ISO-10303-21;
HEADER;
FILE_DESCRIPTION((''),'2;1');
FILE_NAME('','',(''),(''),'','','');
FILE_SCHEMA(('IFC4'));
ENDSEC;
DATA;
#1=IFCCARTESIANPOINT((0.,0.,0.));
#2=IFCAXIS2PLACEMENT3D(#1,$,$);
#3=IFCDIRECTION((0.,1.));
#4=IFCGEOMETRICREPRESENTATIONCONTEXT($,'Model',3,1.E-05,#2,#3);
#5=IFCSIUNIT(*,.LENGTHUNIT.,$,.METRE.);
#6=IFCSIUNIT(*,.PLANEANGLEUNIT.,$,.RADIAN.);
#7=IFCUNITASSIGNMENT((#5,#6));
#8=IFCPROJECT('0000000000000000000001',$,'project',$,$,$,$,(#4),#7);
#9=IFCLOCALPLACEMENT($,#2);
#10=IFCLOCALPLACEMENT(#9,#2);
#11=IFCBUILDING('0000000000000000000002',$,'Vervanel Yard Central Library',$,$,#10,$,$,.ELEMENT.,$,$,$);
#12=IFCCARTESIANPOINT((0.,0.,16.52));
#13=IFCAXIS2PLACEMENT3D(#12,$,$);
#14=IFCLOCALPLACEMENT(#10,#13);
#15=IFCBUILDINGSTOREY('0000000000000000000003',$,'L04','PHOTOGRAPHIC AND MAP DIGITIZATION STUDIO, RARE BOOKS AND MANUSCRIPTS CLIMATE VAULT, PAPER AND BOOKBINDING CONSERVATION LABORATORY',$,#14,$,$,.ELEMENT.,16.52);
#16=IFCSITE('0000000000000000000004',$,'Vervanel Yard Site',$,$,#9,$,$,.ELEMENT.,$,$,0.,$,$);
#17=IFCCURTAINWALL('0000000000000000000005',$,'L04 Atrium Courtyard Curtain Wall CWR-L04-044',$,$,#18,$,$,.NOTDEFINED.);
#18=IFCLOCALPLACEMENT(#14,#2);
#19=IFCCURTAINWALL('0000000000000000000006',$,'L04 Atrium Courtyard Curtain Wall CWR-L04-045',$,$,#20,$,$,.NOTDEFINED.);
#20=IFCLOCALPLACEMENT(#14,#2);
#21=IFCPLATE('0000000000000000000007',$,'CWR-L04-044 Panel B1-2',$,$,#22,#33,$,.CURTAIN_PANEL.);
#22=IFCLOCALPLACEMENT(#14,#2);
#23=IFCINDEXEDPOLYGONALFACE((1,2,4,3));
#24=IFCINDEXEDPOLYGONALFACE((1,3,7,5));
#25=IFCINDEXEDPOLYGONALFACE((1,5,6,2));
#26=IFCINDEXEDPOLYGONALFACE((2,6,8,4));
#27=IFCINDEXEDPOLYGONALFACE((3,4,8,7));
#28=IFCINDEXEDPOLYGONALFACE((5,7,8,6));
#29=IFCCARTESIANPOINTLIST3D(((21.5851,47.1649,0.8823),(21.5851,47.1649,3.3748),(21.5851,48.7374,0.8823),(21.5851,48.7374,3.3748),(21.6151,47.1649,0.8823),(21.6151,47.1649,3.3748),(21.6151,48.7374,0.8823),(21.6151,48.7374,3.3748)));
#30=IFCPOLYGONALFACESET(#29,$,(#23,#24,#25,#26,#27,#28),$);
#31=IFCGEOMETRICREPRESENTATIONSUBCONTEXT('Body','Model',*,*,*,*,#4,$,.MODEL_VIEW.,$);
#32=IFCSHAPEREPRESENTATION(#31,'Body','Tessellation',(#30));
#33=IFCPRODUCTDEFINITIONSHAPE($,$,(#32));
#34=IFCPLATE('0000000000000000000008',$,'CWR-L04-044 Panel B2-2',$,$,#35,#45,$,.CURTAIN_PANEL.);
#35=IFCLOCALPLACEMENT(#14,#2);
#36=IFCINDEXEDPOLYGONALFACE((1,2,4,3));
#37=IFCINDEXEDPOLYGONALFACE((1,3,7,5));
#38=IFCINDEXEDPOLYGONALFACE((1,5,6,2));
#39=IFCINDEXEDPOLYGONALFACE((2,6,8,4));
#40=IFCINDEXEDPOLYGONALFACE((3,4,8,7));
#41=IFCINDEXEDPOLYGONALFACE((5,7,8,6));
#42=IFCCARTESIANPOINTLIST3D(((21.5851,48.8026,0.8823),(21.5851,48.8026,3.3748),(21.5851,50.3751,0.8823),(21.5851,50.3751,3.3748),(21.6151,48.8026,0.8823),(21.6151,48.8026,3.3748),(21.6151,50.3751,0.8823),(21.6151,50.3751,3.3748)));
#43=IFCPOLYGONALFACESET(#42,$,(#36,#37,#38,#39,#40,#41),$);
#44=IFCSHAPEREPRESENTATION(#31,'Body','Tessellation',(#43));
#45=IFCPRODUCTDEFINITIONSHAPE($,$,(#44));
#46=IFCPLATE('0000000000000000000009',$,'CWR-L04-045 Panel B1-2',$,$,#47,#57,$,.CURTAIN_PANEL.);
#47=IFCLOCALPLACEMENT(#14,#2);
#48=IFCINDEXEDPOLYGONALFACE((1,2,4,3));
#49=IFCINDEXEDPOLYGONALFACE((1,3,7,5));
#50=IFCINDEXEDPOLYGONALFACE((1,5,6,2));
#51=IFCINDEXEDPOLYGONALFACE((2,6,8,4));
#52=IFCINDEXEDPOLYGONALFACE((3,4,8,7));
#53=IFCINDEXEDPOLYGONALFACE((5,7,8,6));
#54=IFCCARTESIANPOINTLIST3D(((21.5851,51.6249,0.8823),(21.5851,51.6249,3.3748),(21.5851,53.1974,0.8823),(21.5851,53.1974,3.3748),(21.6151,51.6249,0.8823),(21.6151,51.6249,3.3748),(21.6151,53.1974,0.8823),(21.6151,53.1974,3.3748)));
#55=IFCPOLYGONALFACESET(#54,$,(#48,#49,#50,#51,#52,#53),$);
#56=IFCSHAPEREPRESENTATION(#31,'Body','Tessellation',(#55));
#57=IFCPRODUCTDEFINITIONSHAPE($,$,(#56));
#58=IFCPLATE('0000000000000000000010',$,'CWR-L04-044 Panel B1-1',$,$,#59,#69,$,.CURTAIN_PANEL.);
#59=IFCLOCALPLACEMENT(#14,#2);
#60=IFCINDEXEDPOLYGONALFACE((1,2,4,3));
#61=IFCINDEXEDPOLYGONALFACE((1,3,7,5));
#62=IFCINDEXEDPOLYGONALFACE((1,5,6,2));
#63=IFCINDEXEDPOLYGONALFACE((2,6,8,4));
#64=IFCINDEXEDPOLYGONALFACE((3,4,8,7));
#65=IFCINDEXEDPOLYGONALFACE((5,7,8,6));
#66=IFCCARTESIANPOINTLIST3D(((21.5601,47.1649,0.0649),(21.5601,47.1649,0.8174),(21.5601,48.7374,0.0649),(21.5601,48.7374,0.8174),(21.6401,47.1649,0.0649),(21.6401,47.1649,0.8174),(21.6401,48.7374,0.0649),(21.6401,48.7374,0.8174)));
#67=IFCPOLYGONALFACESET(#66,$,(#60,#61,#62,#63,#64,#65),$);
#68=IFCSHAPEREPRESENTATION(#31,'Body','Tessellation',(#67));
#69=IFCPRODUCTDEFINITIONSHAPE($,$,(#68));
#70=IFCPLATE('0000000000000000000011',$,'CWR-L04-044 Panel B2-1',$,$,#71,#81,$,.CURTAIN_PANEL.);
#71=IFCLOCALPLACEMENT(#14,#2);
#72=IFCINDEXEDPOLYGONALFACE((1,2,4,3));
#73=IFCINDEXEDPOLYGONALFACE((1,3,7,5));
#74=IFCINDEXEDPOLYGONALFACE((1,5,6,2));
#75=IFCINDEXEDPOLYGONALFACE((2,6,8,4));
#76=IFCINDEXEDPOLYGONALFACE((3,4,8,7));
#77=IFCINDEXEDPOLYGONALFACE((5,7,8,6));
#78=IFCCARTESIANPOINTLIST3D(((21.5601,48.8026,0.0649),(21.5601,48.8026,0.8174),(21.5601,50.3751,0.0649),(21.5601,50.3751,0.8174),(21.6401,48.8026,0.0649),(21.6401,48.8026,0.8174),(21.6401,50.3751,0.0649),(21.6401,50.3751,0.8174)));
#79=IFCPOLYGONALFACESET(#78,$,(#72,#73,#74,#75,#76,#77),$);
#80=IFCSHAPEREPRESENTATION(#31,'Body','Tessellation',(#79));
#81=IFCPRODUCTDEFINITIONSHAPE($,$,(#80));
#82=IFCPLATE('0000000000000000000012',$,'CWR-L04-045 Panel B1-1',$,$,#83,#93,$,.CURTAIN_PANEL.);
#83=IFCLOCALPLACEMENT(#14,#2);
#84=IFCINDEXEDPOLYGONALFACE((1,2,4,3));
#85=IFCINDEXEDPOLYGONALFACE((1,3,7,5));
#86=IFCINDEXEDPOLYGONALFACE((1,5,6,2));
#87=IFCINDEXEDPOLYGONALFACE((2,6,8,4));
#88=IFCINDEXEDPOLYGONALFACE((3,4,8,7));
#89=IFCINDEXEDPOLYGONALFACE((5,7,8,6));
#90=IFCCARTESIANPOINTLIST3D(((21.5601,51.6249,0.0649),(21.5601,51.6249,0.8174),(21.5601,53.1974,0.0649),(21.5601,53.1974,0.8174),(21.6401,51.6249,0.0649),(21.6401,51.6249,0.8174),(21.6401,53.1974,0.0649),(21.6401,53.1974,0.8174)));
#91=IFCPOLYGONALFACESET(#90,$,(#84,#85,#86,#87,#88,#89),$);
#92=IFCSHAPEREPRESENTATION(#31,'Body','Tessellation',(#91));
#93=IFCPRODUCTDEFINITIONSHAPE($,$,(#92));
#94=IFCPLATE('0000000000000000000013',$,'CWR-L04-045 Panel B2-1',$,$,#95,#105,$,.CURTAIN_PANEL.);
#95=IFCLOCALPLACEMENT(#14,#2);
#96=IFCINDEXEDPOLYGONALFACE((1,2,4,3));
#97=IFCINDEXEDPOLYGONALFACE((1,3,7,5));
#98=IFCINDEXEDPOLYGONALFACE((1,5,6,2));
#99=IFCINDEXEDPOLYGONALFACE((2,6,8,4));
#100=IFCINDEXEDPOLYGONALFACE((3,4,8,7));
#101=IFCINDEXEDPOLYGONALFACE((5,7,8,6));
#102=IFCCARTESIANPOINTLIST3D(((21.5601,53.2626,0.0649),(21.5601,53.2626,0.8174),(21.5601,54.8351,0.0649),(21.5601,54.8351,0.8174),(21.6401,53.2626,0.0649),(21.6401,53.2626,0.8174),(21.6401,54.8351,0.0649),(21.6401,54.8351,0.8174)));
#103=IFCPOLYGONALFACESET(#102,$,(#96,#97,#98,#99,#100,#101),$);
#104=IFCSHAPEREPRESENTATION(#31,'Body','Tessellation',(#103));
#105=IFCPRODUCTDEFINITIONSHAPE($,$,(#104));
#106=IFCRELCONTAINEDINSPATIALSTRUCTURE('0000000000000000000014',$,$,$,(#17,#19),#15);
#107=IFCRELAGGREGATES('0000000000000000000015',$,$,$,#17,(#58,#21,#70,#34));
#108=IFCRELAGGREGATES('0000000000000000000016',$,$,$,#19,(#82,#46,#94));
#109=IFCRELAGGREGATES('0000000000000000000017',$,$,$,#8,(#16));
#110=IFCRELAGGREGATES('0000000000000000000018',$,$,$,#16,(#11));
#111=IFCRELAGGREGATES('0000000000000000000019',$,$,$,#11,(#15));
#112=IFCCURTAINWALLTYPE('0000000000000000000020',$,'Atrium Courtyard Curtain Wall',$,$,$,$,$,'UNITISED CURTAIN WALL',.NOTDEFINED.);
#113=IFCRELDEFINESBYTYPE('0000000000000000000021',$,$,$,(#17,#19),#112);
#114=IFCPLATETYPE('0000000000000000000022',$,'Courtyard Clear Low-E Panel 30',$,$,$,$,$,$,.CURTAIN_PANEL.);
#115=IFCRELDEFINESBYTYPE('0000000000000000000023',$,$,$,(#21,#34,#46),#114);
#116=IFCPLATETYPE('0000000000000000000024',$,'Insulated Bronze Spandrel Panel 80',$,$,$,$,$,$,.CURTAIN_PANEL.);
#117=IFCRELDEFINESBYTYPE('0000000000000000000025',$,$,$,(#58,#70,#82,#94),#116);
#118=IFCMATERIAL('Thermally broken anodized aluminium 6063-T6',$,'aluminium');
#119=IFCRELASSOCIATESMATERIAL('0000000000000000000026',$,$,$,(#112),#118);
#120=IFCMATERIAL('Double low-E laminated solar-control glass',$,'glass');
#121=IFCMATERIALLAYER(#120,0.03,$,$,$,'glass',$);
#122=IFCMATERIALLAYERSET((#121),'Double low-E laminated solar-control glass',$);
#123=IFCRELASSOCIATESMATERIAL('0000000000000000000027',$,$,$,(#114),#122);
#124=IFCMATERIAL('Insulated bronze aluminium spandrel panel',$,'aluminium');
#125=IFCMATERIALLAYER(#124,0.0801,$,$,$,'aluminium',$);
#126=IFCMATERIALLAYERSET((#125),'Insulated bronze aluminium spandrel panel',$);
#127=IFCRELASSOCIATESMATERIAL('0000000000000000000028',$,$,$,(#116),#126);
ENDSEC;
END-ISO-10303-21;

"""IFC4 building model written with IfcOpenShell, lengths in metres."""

from ifc_helpers import new_model, si_unit, direction, frame, origin, origin_2d, place, context, subcontext, project, spatial, rectangle, extrude, material, layer, layer_set, type_object, element, aggregate, save


model = new_model("IFC4")

# Units and contexts
model_context = context("Model", 3, precision=1e-05, world=origin(), true_north=direction((0.0, 1.0)))
body_context = subcontext(model_context, "Body", "Model", "MODEL_VIEW")
ifc_project = project(units=[si_unit("LENGTHUNIT", "METRE"), si_unit("PLANEANGLEUNIT", "RADIAN")], contexts=[model_context])

# Site, building, storey
site_placement = place(None, origin())
site = spatial("IfcSite", under=ifc_project, at=site_placement, Name="Vervanel Yard Site", CompositionType="ELEMENT", RefElevation=0.0)
building_placement = place(site_placement, origin())
building = spatial("IfcBuilding", under=site, at=building_placement, Name="Vervanel Yard Central Library", CompositionType="ELEMENT")
storey_placement = place(building_placement, frame((0.0, 0.0, 16.52)))
storey = spatial("IfcBuildingStorey", under=building, at=storey_placement, Name="L04", Description="PHOTOGRAPHIC AND MAP DIGITIZATION STUDIO, RARE BOOKS AND MANUSCRIPTS CLIMATE VAULT, PAPER AND BOOKBINDING CONSERVATION LABORATORY", CompositionType="ELEMENT", Elevation=16.52)

# Curtain walls
ifc_material_1 = material(Name="Thermally broken anodized aluminium 6063-T6", Category="aluminium")
curtain_wall_type = type_object("IfcCurtainWallType", Name="Atrium Courtyard Curtain Wall", ElementType="UNITISED CURTAIN WALL", PredefinedType="NOTDEFINED", material=ifc_material_1)
curtain_wall_1_placement = place(storey_placement, origin())
curtain_wall_1 = element("IfcCurtainWall", 1, at=curtain_wall_1_placement, inside=storey, type_object=curtain_wall_type, Name="L04 Atrium Courtyard Curtain Wall CWR-L04-044", PredefinedType="NOTDEFINED")
curtain_wall_2_placement = place(storey_placement, origin())
curtain_wall_2 = element("IfcCurtainWall", 2, at=curtain_wall_2_placement, inside=storey, type_object=curtain_wall_type, Name="L04 Atrium Courtyard Curtain Wall CWR-L04-045", PredefinedType="NOTDEFINED")

# Plates
ifc_material_2 = material(Name="Double low-E laminated solar-control glass", Category="glass")
ifc_layer_1 = layer(ifc_material_2, 0.03, Category="glass")
ifc_layer_set_1 = layer_set([ifc_layer_1], Name="Double low-E laminated solar-control glass")
plate_type_1 = type_object("IfcPlateType", Name="Courtyard Clear Low-E Panel 30", PredefinedType="CURTAIN_PANEL", material=ifc_layer_set_1)
plate_1_placement = place(storey_placement, frame((21.6001, 47.9512, 0.8823), z_axis=(0.0, 0.0, 1.0), x_axis=(0.0, 1.0, 0.0)))
plate_1 = element("IfcPlate", 3, at=plate_1_placement, type_object=plate_type_1, Name="CWR-L04-044 Panel B1-2", PredefinedType="CURTAIN_PANEL", context=body_context, shape_type="SweptSolid", body=[
    extrude(rectangle(XDim=1.5725, YDim=0.03, at=origin_2d()), origin(), (0.0, 0.0, 1.0), 2.4924),
])
plate_2_placement = place(storey_placement, frame((21.6001, 49.5889, 0.8823), z_axis=(0.0, 0.0, 1.0), x_axis=(0.0, 1.0, 0.0)))
plate_2 = element("IfcPlate", 4, at=plate_2_placement, type_object=plate_type_1, Name="CWR-L04-044 Panel B2-2", PredefinedType="CURTAIN_PANEL", context=body_context, shape_type="SweptSolid", body=[
    extrude(rectangle(XDim=1.5725, YDim=0.03, at=origin_2d()), origin(), (0.0, 0.0, 1.0), 2.4924),
])
plate_3_placement = place(storey_placement, frame((21.6001, 52.4111, 0.8823), z_axis=(0.0, 0.0, 1.0), x_axis=(0.0, 1.0, 0.0)))
plate_3 = element("IfcPlate", 5, at=plate_3_placement, type_object=plate_type_1, Name="CWR-L04-045 Panel B1-2", PredefinedType="CURTAIN_PANEL", context=body_context, shape_type="SweptSolid", body=[
    extrude(rectangle(XDim=1.5725, YDim=0.03, at=origin_2d()), origin(), (0.0, 0.0, 1.0), 2.4924),
])
ifc_material_3 = material(Name="Insulated bronze aluminium spandrel panel", Category="aluminium")
ifc_layer_2 = layer(ifc_material_3, 0.0801, Category="aluminium")
ifc_layer_set_2 = layer_set([ifc_layer_2], Name="Insulated bronze aluminium spandrel panel")
plate_type_2 = type_object("IfcPlateType", Name="Insulated Bronze Spandrel Panel 80", PredefinedType="CURTAIN_PANEL", material=ifc_layer_set_2)
plate_4_placement = place(storey_placement, frame((21.6001, 47.9512, 0.0649), z_axis=(0.0, 0.0, 1.0), x_axis=(0.0, 1.0, 0.0)))
plate_4 = element("IfcPlate", 6, at=plate_4_placement, type_object=plate_type_2, Name="CWR-L04-044 Panel B1-1", PredefinedType="CURTAIN_PANEL", context=body_context, shape_type="SweptSolid", body=[
    extrude(rectangle(XDim=1.5725, YDim=0.0801, at=origin_2d()), origin(), (0.0, 0.0, 1.0), 0.7524),
])
plate_5_placement = place(storey_placement, frame((21.6001, 49.5889, 0.0649), z_axis=(0.0, 0.0, 1.0), x_axis=(0.0, 1.0, 0.0)))
plate_5 = element("IfcPlate", 7, at=plate_5_placement, type_object=plate_type_2, Name="CWR-L04-044 Panel B2-1", PredefinedType="CURTAIN_PANEL", context=body_context, shape_type="SweptSolid", body=[
    extrude(rectangle(XDim=1.5725, YDim=0.0801, at=origin_2d()), origin(), (0.0, 0.0, 1.0), 0.7524),
])
aggregate(curtain_wall_1, [plate_4, plate_1, plate_5, plate_2])
plate_6_placement = place(storey_placement, frame((21.6001, 52.4111, 0.0649), z_axis=(0.0, 0.0, 1.0), x_axis=(0.0, 1.0, 0.0)))
plate_6 = element("IfcPlate", 8, at=plate_6_placement, type_object=plate_type_2, Name="CWR-L04-045 Panel B1-1", PredefinedType="CURTAIN_PANEL", context=body_context, shape_type="SweptSolid", body=[
    extrude(rectangle(XDim=1.5725, YDim=0.0801, at=origin_2d()), origin(), (0.0, 0.0, 1.0), 0.7524),
])
plate_7_placement = place(storey_placement, frame((21.6001, 54.0488, 0.0649), z_axis=(0.0, 0.0, 1.0), x_axis=(0.0, 1.0, 0.0)))
plate_7 = element("IfcPlate", 9, at=plate_7_placement, type_object=plate_type_2, Name="CWR-L04-045 Panel B2-1", PredefinedType="CURTAIN_PANEL", context=body_context, shape_type="SweptSolid", body=[
    extrude(rectangle(XDim=1.5725, YDim=0.0801, at=origin_2d()), origin(), (0.0, 0.0, 1.0), 0.7524),
])
aggregate(curtain_wall_2, [plate_6, plate_3, plate_7])

save(model, "model.ifc")
